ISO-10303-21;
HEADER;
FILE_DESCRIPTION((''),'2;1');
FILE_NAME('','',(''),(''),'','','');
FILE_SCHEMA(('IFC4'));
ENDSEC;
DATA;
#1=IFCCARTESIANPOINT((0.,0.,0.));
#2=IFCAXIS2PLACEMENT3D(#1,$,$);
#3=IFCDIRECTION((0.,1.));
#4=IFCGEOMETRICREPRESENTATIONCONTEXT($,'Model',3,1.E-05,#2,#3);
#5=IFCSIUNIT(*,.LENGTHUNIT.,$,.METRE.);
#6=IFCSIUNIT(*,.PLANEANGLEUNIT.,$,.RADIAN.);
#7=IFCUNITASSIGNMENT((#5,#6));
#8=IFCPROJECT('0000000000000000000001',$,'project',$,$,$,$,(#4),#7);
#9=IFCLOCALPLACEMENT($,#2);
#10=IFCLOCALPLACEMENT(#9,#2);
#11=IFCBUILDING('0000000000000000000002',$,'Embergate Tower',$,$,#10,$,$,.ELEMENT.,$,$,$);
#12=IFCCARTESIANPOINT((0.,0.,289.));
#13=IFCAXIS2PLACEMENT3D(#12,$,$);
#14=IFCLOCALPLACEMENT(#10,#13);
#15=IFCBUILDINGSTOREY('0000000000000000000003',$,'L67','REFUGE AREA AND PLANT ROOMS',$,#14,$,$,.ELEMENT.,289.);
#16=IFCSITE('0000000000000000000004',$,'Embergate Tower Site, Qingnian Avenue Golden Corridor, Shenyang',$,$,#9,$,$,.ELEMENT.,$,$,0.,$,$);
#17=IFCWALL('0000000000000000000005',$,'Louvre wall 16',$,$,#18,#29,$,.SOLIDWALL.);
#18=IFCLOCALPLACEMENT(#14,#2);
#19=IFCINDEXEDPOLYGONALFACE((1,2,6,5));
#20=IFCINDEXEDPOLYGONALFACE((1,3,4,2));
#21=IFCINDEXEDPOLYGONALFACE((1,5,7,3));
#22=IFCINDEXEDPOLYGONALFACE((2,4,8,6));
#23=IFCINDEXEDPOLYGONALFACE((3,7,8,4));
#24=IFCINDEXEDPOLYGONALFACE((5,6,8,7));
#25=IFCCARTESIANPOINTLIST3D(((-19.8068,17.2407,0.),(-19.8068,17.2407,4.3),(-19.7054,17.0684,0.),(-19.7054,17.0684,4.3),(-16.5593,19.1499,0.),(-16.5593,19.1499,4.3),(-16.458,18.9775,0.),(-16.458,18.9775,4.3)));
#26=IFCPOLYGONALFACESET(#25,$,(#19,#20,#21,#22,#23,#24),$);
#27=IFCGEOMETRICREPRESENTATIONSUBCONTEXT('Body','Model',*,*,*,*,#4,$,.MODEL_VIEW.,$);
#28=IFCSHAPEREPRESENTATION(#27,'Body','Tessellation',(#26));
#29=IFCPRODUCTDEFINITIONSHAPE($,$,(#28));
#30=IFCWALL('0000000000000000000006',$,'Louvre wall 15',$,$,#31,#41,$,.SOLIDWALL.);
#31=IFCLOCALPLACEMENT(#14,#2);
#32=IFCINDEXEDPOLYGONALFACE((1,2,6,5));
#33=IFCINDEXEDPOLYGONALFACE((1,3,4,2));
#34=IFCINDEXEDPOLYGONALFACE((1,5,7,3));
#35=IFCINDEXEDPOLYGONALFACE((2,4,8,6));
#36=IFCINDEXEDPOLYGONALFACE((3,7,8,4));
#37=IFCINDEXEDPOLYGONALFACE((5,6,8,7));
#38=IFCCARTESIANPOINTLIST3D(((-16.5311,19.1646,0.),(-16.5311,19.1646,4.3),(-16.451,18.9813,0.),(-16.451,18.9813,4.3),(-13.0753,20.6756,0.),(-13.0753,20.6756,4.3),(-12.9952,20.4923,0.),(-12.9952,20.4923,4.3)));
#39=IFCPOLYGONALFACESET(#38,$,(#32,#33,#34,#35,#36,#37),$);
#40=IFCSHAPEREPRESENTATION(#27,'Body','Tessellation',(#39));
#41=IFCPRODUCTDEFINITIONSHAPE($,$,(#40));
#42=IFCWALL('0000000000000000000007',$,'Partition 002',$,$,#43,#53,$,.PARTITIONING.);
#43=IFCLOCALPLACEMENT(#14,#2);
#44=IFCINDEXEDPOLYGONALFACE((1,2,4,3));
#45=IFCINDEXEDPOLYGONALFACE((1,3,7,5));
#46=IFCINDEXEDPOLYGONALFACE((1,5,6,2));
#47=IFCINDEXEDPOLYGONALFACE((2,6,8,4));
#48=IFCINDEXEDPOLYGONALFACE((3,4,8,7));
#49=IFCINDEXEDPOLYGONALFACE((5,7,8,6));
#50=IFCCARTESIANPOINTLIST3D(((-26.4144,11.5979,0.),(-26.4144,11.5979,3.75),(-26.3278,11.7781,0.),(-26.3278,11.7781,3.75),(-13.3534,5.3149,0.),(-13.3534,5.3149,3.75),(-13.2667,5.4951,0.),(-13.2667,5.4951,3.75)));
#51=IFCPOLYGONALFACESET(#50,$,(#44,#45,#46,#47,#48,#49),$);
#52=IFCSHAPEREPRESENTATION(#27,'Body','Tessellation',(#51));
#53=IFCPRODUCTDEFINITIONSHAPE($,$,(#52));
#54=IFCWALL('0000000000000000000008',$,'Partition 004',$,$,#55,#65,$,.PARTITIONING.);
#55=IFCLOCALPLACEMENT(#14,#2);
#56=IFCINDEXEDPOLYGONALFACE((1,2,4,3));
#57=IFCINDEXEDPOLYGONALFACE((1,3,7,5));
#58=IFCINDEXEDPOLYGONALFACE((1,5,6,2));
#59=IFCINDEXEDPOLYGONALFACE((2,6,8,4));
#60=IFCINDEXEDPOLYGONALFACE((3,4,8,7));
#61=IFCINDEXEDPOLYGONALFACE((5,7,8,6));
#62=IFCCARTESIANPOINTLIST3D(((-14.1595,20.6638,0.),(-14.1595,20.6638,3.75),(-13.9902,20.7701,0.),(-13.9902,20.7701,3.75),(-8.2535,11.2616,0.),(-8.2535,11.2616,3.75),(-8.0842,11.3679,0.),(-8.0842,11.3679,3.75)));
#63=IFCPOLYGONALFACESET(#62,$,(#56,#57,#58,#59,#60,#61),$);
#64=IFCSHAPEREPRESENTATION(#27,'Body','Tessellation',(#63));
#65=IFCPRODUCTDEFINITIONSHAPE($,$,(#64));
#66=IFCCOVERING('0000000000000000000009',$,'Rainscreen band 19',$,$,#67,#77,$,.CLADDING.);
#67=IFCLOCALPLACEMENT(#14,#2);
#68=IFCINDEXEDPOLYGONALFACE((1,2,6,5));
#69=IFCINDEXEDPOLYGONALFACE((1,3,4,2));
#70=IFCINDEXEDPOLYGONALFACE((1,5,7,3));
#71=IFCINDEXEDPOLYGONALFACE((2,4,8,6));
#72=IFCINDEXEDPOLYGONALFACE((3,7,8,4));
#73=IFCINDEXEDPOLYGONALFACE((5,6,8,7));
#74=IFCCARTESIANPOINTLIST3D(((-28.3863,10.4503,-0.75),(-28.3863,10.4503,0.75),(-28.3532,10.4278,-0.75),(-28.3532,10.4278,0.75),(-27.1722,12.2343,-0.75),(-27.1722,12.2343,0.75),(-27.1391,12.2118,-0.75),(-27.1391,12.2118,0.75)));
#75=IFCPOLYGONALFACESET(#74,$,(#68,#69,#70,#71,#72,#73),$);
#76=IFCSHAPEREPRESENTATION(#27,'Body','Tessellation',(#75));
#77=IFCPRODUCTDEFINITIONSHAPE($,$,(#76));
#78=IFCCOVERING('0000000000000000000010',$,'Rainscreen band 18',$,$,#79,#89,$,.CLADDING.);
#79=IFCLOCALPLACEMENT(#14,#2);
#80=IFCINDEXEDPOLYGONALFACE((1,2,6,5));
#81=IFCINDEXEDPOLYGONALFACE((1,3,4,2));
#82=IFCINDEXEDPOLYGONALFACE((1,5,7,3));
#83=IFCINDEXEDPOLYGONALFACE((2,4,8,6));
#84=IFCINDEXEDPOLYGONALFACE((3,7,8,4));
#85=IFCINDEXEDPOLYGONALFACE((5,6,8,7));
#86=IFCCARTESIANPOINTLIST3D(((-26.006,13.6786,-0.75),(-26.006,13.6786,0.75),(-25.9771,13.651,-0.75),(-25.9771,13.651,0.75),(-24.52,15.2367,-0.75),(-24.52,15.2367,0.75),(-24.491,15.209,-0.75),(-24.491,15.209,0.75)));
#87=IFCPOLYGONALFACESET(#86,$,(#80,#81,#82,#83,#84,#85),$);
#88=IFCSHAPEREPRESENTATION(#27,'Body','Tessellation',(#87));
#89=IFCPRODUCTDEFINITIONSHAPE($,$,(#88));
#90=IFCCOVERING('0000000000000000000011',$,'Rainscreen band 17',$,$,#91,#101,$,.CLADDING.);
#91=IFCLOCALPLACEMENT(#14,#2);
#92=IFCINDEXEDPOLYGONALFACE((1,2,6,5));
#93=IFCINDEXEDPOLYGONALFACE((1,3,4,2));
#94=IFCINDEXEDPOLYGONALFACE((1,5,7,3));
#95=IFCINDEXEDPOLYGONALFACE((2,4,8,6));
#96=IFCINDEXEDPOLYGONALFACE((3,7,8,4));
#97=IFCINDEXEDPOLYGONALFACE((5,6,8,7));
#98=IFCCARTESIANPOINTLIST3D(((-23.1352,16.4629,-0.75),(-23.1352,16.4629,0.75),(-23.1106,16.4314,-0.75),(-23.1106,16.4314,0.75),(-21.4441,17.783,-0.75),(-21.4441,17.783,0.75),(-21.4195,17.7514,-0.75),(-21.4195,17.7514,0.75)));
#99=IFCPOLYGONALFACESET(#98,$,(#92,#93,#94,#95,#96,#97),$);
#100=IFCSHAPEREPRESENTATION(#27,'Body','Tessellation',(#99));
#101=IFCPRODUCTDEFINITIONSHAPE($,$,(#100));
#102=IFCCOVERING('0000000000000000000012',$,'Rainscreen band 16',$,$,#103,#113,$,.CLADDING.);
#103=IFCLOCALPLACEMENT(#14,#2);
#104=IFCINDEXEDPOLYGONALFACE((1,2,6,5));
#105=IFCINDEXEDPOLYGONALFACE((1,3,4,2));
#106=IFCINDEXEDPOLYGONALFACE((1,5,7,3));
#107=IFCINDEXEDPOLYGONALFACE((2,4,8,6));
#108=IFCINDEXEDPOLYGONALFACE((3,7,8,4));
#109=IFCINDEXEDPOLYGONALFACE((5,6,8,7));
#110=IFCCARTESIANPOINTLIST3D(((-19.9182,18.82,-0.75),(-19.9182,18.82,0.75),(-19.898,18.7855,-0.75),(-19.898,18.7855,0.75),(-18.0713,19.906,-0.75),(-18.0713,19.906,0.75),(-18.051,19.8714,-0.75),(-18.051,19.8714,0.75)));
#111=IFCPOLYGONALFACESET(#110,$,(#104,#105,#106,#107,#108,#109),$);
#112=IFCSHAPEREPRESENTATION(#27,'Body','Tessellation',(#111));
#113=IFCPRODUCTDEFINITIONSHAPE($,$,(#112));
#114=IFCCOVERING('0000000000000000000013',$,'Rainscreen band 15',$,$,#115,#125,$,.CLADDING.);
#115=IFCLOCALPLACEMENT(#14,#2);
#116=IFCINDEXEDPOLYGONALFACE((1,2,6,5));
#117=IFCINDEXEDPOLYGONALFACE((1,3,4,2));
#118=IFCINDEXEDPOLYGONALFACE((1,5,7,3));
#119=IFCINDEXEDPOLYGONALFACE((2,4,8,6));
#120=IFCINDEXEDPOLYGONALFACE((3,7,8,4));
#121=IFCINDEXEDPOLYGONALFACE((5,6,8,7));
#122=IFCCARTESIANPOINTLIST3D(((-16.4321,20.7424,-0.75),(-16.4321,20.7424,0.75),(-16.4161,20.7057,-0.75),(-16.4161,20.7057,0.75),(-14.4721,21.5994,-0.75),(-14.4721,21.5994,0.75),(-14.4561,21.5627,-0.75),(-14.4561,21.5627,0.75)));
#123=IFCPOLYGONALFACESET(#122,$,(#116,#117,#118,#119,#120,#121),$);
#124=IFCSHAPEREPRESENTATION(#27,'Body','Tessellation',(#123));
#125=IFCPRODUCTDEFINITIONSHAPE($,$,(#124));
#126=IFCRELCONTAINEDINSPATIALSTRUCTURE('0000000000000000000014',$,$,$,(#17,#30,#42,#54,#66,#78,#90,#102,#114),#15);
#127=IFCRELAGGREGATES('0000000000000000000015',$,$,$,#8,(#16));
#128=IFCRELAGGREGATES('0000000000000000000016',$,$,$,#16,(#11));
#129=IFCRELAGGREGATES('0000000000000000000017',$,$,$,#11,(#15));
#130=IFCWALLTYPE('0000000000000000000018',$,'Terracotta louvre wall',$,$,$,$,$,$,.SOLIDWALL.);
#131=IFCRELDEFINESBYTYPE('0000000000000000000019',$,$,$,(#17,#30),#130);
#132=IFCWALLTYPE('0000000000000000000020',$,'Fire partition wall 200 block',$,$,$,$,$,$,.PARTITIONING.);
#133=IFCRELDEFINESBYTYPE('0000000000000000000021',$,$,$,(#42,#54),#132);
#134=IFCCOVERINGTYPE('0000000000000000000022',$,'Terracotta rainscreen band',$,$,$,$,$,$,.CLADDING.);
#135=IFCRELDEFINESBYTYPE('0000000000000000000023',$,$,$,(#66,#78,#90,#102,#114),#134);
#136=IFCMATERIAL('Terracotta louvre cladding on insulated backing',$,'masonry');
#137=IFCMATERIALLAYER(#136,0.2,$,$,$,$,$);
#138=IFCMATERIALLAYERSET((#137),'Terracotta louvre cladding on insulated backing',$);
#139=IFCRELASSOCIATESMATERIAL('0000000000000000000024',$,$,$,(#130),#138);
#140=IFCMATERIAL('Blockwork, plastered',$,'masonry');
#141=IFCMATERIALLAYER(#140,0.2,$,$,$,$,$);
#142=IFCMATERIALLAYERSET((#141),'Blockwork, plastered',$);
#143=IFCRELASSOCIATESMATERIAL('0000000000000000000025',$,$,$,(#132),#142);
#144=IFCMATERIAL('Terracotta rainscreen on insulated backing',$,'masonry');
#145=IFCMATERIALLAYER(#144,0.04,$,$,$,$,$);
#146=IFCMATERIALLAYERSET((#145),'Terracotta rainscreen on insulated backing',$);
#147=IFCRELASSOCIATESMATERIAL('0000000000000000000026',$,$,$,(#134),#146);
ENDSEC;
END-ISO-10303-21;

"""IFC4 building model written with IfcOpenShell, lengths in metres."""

from ifc_helpers import new_model, si_unit, direction, frame, frame_2d, origin, origin_2d, place, context, subcontext, project, spatial, rectangle, extrude, source, transform, mapped, material, layer, layer_set, type_object, element, save


model = new_model("IFC4")

# Units and contexts
model_context = context("Model", 3, precision=1e-05, world=origin(), true_north=direction((0.0, 1.0)))
body_context = subcontext(model_context, "Body", "Model", "MODEL_VIEW")
ifc_project = project(units=[si_unit("LENGTHUNIT", "METRE"), si_unit("PLANEANGLEUNIT", "RADIAN")], contexts=[model_context])

# Site, building, storey
site_placement = place(None, origin())
site = spatial("IfcSite", under=ifc_project, at=site_placement, Name="Embergate Tower Site, Qingnian Avenue Golden Corridor, Shenyang", CompositionType="ELEMENT", RefElevation=0.0)
building_placement = place(site_placement, origin())
building = spatial("IfcBuilding", under=site, at=building_placement, Name="Embergate Tower", CompositionType="ELEMENT")
storey_placement = place(building_placement, frame((0.0, 0.0, 289.0)))
storey = spatial("IfcBuildingStorey", under=building, at=storey_placement, Name="L67", Description="REFUGE AREA AND PLANT ROOMS", CompositionType="ELEMENT", Elevation=289.0)

# Walls
ifc_material_1 = material(Name="Terracotta louvre cladding on insulated backing", Category="masonry")
ifc_layer_1 = layer(ifc_material_1, 0.2)
ifc_layer_set_1 = layer_set([ifc_layer_1], Name="Terracotta louvre cladding on insulated backing")
wall_type_1 = type_object("IfcWallType", Name="Terracotta louvre wall", PredefinedType="SOLIDWALL", material=ifc_layer_set_1)
shared_shape_1 = source(origin(), body_context, "Body", "SweptSolid", [
    extrude(rectangle(XDim=3.7671, YDim=0.2, at=frame_2d((1.8835, 0.0))), origin(), (0.0, 0.0, 1.0), 4.3),
])
wall_1_placement = place(storey_placement, frame((-19.7561, 17.1545, 0.0), z_axis=(0.0, 0.0, 1.0), x_axis=(0.862067, 0.506794, 0.0)))
element("IfcWall", 1, at=wall_1_placement, inside=storey, type_object=wall_type_1, Name="Louvre wall 16", PredefinedType="SOLIDWALL", context=body_context, shape_type="MappedRepresentation", body=[
    mapped(shared_shape_1, transform((0.0, 0.0, 0.0))),
])
shared_shape_2 = source(origin(), body_context, "Body", "SweptSolid", [
    extrude(rectangle(XDim=3.7717, YDim=0.2, at=frame_2d((1.8857, 0.0))), origin(), (0.0, 0.0, 1.0), 4.3),
])
wall_2_placement = place(storey_placement, frame((-16.491, 19.073, 0.0), z_axis=(0.0, 0.0, 1.0), x_axis=(0.916248, 0.400612, 0.0)))
element("IfcWall", 2, at=wall_2_placement, inside=storey, type_object=wall_type_1, Name="Louvre wall 15", PredefinedType="SOLIDWALL", context=body_context, shape_type="MappedRepresentation", body=[
    mapped(shared_shape_2, transform((0.0, 0.0, 0.0))),
])
ifc_material_2 = material(Name="Blockwork, plastered", Category="masonry")
ifc_layer_2 = layer(ifc_material_2, 0.2)
ifc_layer_set_2 = layer_set([ifc_layer_2], Name="Blockwork, plastered")
wall_type_2 = type_object("IfcWallType", Name="Fire partition wall 200 block", PredefinedType="PARTITIONING", material=ifc_layer_set_2)
shared_shape_3 = source(origin(), body_context, "Body", "SweptSolid", [
    extrude(rectangle(XDim=14.4937, YDim=0.2, at=frame_2d((7.2468, 0.0))), origin(), (0.0, 0.0, 1.0), 3.75),
])
wall_3_placement = place(storey_placement, frame((-26.3711, 11.688, 0.0), z_axis=(0.0, 0.0, 1.0), x_axis=(0.901155, -0.433497, 0.0)))
element("IfcWall", 3, at=wall_3_placement, inside=storey, type_object=wall_type_2, Name="Partition 002", PredefinedType="PARTITIONING", context=body_context, shape_type="MappedRepresentation", body=[
    mapped(shared_shape_3, transform((0.0, 0.0, 0.0))),
])
shared_shape_4 = source(origin(), body_context, "Body", "SweptSolid", [
    extrude(rectangle(XDim=11.1033, YDim=0.2, at=frame_2d((5.5518, 0.0))), origin(), (0.0, 0.0, 1.0), 3.75),
])
wall_4_placement = place(storey_placement, frame((-14.075, 20.717, 0.0), z_axis=(0.0, 0.0, 1.0), x_axis=(0.531921, -0.846794, 0.0)))
element("IfcWall", 4, at=wall_4_placement, inside=storey, type_object=wall_type_2, Name="Partition 004", PredefinedType="PARTITIONING", context=body_context, shape_type="MappedRepresentation", body=[
    mapped(shared_shape_4, transform((0.0, 0.0, 0.0))),
])

# Coverings
ifc_material_3 = material(Name="Terracotta rainscreen on insulated backing", Category="masonry")
ifc_layer_3 = layer(ifc_material_3, 0.04)
ifc_layer_set_3 = layer_set([ifc_layer_3], Name="Terracotta rainscreen on insulated backing")
covering_type = type_object("IfcCoveringType", Name="Terracotta rainscreen band", PredefinedType="CLADDING", material=ifc_layer_set_3)
shared_shape_5 = source(origin(), body_context, "Body", "SweptSolid", [
    extrude(rectangle(XDim=2.158, YDim=0.04, at=origin_2d()), origin(), (0.0, 0.0, 1.0), 1.5),
])
covering_1_placement = place(storey_placement, frame((-27.7627, 11.3311, -0.75), z_axis=(0.0, 0.0, 1.0), x_axis=(-0.562589, -0.826737, 0.0)))
element("IfcCovering", 5, at=covering_1_placement, inside=storey, type_object=covering_type, Name="Rainscreen band 19", PredefinedType="CLADDING", context=body_context, shape_type="MappedRepresentation", body=[
    mapped(shared_shape_5, transform((0.0, 0.0, 0.0))),
])
shared_shape_6 = source(origin(), body_context, "Body", "SweptSolid", [
    extrude(rectangle(XDim=2.1531, YDim=0.04, at=origin_2d()), origin(), (0.0, 0.0, 1.0), 1.5),
])
covering_2_placement = place(storey_placement, frame((-25.2485, 14.4438, -0.75), z_axis=(0.0, 0.0, 1.0), x_axis=(-0.690188, -0.72363, 0.0)))
element("IfcCovering", 6, at=covering_2_placement, inside=storey, type_object=covering_type, Name="Rainscreen band 18", PredefinedType="CLADDING", context=body_context, shape_type="MappedRepresentation", body=[
    mapped(shared_shape_6, transform((0.0, 0.0, 0.0))),
])
shared_shape_7 = source(origin(), body_context, "Body", "SweptSolid", [
    extrude(rectangle(XDim=2.1453, YDim=0.04, at=origin_2d()), origin(), (0.0, 0.0, 1.0), 1.5),
])
covering_3_placement = place(storey_placement, frame((-22.2773, 17.1072, -0.75), z_axis=(0.0, 0.0, 1.0), x_axis=(-0.788272, -0.615327, 0.0)))
element("IfcCovering", 7, at=covering_3_placement, inside=storey, type_object=covering_type, Name="Rainscreen band 17", PredefinedType="CLADDING", context=body_context, shape_type="MappedRepresentation", body=[
    mapped(shared_shape_7, transform((0.0, 0.0, 0.0))),
])
shared_shape_8 = source(origin(), body_context, "Body", "SweptSolid", [
    extrude(rectangle(XDim=2.1426, YDim=0.04, at=origin_2d()), origin(), (0.0, 0.0, 1.0), 1.5),
])
covering_4_placement = place(storey_placement, frame((-18.9846, 19.3457, -0.75), z_axis=(0.0, 0.0, 1.0), x_axis=(-0.86203, -0.506857, 0.0)))
element("IfcCovering", 8, at=covering_4_placement, inside=storey, type_object=covering_type, Name="Rainscreen band 16", PredefinedType="CLADDING", context=body_context, shape_type="MappedRepresentation", body=[
    mapped(shared_shape_8, transform((0.0, 0.0, 0.0))),
])
shared_shape_9 = source(origin(), body_context, "Body", "SweptSolid", [
    extrude(rectangle(XDim=2.1392, YDim=0.04, at=origin_2d()), origin(), (0.0, 0.0, 1.0), 1.5),
])
covering_5_placement = place(storey_placement, frame((-15.4441, 21.1526, -0.75), z_axis=(0.0, 0.0, 1.0), x_axis=(-0.916243, -0.400623, 0.0)))
element("IfcCovering", 9, at=covering_5_placement, inside=storey, type_object=covering_type, Name="Rainscreen band 15", PredefinedType="CLADDING", context=body_context, shape_type="MappedRepresentation", body=[
    mapped(shared_shape_9, transform((0.0, 0.0, 0.0))),
])

save(model, "model.ifc")
